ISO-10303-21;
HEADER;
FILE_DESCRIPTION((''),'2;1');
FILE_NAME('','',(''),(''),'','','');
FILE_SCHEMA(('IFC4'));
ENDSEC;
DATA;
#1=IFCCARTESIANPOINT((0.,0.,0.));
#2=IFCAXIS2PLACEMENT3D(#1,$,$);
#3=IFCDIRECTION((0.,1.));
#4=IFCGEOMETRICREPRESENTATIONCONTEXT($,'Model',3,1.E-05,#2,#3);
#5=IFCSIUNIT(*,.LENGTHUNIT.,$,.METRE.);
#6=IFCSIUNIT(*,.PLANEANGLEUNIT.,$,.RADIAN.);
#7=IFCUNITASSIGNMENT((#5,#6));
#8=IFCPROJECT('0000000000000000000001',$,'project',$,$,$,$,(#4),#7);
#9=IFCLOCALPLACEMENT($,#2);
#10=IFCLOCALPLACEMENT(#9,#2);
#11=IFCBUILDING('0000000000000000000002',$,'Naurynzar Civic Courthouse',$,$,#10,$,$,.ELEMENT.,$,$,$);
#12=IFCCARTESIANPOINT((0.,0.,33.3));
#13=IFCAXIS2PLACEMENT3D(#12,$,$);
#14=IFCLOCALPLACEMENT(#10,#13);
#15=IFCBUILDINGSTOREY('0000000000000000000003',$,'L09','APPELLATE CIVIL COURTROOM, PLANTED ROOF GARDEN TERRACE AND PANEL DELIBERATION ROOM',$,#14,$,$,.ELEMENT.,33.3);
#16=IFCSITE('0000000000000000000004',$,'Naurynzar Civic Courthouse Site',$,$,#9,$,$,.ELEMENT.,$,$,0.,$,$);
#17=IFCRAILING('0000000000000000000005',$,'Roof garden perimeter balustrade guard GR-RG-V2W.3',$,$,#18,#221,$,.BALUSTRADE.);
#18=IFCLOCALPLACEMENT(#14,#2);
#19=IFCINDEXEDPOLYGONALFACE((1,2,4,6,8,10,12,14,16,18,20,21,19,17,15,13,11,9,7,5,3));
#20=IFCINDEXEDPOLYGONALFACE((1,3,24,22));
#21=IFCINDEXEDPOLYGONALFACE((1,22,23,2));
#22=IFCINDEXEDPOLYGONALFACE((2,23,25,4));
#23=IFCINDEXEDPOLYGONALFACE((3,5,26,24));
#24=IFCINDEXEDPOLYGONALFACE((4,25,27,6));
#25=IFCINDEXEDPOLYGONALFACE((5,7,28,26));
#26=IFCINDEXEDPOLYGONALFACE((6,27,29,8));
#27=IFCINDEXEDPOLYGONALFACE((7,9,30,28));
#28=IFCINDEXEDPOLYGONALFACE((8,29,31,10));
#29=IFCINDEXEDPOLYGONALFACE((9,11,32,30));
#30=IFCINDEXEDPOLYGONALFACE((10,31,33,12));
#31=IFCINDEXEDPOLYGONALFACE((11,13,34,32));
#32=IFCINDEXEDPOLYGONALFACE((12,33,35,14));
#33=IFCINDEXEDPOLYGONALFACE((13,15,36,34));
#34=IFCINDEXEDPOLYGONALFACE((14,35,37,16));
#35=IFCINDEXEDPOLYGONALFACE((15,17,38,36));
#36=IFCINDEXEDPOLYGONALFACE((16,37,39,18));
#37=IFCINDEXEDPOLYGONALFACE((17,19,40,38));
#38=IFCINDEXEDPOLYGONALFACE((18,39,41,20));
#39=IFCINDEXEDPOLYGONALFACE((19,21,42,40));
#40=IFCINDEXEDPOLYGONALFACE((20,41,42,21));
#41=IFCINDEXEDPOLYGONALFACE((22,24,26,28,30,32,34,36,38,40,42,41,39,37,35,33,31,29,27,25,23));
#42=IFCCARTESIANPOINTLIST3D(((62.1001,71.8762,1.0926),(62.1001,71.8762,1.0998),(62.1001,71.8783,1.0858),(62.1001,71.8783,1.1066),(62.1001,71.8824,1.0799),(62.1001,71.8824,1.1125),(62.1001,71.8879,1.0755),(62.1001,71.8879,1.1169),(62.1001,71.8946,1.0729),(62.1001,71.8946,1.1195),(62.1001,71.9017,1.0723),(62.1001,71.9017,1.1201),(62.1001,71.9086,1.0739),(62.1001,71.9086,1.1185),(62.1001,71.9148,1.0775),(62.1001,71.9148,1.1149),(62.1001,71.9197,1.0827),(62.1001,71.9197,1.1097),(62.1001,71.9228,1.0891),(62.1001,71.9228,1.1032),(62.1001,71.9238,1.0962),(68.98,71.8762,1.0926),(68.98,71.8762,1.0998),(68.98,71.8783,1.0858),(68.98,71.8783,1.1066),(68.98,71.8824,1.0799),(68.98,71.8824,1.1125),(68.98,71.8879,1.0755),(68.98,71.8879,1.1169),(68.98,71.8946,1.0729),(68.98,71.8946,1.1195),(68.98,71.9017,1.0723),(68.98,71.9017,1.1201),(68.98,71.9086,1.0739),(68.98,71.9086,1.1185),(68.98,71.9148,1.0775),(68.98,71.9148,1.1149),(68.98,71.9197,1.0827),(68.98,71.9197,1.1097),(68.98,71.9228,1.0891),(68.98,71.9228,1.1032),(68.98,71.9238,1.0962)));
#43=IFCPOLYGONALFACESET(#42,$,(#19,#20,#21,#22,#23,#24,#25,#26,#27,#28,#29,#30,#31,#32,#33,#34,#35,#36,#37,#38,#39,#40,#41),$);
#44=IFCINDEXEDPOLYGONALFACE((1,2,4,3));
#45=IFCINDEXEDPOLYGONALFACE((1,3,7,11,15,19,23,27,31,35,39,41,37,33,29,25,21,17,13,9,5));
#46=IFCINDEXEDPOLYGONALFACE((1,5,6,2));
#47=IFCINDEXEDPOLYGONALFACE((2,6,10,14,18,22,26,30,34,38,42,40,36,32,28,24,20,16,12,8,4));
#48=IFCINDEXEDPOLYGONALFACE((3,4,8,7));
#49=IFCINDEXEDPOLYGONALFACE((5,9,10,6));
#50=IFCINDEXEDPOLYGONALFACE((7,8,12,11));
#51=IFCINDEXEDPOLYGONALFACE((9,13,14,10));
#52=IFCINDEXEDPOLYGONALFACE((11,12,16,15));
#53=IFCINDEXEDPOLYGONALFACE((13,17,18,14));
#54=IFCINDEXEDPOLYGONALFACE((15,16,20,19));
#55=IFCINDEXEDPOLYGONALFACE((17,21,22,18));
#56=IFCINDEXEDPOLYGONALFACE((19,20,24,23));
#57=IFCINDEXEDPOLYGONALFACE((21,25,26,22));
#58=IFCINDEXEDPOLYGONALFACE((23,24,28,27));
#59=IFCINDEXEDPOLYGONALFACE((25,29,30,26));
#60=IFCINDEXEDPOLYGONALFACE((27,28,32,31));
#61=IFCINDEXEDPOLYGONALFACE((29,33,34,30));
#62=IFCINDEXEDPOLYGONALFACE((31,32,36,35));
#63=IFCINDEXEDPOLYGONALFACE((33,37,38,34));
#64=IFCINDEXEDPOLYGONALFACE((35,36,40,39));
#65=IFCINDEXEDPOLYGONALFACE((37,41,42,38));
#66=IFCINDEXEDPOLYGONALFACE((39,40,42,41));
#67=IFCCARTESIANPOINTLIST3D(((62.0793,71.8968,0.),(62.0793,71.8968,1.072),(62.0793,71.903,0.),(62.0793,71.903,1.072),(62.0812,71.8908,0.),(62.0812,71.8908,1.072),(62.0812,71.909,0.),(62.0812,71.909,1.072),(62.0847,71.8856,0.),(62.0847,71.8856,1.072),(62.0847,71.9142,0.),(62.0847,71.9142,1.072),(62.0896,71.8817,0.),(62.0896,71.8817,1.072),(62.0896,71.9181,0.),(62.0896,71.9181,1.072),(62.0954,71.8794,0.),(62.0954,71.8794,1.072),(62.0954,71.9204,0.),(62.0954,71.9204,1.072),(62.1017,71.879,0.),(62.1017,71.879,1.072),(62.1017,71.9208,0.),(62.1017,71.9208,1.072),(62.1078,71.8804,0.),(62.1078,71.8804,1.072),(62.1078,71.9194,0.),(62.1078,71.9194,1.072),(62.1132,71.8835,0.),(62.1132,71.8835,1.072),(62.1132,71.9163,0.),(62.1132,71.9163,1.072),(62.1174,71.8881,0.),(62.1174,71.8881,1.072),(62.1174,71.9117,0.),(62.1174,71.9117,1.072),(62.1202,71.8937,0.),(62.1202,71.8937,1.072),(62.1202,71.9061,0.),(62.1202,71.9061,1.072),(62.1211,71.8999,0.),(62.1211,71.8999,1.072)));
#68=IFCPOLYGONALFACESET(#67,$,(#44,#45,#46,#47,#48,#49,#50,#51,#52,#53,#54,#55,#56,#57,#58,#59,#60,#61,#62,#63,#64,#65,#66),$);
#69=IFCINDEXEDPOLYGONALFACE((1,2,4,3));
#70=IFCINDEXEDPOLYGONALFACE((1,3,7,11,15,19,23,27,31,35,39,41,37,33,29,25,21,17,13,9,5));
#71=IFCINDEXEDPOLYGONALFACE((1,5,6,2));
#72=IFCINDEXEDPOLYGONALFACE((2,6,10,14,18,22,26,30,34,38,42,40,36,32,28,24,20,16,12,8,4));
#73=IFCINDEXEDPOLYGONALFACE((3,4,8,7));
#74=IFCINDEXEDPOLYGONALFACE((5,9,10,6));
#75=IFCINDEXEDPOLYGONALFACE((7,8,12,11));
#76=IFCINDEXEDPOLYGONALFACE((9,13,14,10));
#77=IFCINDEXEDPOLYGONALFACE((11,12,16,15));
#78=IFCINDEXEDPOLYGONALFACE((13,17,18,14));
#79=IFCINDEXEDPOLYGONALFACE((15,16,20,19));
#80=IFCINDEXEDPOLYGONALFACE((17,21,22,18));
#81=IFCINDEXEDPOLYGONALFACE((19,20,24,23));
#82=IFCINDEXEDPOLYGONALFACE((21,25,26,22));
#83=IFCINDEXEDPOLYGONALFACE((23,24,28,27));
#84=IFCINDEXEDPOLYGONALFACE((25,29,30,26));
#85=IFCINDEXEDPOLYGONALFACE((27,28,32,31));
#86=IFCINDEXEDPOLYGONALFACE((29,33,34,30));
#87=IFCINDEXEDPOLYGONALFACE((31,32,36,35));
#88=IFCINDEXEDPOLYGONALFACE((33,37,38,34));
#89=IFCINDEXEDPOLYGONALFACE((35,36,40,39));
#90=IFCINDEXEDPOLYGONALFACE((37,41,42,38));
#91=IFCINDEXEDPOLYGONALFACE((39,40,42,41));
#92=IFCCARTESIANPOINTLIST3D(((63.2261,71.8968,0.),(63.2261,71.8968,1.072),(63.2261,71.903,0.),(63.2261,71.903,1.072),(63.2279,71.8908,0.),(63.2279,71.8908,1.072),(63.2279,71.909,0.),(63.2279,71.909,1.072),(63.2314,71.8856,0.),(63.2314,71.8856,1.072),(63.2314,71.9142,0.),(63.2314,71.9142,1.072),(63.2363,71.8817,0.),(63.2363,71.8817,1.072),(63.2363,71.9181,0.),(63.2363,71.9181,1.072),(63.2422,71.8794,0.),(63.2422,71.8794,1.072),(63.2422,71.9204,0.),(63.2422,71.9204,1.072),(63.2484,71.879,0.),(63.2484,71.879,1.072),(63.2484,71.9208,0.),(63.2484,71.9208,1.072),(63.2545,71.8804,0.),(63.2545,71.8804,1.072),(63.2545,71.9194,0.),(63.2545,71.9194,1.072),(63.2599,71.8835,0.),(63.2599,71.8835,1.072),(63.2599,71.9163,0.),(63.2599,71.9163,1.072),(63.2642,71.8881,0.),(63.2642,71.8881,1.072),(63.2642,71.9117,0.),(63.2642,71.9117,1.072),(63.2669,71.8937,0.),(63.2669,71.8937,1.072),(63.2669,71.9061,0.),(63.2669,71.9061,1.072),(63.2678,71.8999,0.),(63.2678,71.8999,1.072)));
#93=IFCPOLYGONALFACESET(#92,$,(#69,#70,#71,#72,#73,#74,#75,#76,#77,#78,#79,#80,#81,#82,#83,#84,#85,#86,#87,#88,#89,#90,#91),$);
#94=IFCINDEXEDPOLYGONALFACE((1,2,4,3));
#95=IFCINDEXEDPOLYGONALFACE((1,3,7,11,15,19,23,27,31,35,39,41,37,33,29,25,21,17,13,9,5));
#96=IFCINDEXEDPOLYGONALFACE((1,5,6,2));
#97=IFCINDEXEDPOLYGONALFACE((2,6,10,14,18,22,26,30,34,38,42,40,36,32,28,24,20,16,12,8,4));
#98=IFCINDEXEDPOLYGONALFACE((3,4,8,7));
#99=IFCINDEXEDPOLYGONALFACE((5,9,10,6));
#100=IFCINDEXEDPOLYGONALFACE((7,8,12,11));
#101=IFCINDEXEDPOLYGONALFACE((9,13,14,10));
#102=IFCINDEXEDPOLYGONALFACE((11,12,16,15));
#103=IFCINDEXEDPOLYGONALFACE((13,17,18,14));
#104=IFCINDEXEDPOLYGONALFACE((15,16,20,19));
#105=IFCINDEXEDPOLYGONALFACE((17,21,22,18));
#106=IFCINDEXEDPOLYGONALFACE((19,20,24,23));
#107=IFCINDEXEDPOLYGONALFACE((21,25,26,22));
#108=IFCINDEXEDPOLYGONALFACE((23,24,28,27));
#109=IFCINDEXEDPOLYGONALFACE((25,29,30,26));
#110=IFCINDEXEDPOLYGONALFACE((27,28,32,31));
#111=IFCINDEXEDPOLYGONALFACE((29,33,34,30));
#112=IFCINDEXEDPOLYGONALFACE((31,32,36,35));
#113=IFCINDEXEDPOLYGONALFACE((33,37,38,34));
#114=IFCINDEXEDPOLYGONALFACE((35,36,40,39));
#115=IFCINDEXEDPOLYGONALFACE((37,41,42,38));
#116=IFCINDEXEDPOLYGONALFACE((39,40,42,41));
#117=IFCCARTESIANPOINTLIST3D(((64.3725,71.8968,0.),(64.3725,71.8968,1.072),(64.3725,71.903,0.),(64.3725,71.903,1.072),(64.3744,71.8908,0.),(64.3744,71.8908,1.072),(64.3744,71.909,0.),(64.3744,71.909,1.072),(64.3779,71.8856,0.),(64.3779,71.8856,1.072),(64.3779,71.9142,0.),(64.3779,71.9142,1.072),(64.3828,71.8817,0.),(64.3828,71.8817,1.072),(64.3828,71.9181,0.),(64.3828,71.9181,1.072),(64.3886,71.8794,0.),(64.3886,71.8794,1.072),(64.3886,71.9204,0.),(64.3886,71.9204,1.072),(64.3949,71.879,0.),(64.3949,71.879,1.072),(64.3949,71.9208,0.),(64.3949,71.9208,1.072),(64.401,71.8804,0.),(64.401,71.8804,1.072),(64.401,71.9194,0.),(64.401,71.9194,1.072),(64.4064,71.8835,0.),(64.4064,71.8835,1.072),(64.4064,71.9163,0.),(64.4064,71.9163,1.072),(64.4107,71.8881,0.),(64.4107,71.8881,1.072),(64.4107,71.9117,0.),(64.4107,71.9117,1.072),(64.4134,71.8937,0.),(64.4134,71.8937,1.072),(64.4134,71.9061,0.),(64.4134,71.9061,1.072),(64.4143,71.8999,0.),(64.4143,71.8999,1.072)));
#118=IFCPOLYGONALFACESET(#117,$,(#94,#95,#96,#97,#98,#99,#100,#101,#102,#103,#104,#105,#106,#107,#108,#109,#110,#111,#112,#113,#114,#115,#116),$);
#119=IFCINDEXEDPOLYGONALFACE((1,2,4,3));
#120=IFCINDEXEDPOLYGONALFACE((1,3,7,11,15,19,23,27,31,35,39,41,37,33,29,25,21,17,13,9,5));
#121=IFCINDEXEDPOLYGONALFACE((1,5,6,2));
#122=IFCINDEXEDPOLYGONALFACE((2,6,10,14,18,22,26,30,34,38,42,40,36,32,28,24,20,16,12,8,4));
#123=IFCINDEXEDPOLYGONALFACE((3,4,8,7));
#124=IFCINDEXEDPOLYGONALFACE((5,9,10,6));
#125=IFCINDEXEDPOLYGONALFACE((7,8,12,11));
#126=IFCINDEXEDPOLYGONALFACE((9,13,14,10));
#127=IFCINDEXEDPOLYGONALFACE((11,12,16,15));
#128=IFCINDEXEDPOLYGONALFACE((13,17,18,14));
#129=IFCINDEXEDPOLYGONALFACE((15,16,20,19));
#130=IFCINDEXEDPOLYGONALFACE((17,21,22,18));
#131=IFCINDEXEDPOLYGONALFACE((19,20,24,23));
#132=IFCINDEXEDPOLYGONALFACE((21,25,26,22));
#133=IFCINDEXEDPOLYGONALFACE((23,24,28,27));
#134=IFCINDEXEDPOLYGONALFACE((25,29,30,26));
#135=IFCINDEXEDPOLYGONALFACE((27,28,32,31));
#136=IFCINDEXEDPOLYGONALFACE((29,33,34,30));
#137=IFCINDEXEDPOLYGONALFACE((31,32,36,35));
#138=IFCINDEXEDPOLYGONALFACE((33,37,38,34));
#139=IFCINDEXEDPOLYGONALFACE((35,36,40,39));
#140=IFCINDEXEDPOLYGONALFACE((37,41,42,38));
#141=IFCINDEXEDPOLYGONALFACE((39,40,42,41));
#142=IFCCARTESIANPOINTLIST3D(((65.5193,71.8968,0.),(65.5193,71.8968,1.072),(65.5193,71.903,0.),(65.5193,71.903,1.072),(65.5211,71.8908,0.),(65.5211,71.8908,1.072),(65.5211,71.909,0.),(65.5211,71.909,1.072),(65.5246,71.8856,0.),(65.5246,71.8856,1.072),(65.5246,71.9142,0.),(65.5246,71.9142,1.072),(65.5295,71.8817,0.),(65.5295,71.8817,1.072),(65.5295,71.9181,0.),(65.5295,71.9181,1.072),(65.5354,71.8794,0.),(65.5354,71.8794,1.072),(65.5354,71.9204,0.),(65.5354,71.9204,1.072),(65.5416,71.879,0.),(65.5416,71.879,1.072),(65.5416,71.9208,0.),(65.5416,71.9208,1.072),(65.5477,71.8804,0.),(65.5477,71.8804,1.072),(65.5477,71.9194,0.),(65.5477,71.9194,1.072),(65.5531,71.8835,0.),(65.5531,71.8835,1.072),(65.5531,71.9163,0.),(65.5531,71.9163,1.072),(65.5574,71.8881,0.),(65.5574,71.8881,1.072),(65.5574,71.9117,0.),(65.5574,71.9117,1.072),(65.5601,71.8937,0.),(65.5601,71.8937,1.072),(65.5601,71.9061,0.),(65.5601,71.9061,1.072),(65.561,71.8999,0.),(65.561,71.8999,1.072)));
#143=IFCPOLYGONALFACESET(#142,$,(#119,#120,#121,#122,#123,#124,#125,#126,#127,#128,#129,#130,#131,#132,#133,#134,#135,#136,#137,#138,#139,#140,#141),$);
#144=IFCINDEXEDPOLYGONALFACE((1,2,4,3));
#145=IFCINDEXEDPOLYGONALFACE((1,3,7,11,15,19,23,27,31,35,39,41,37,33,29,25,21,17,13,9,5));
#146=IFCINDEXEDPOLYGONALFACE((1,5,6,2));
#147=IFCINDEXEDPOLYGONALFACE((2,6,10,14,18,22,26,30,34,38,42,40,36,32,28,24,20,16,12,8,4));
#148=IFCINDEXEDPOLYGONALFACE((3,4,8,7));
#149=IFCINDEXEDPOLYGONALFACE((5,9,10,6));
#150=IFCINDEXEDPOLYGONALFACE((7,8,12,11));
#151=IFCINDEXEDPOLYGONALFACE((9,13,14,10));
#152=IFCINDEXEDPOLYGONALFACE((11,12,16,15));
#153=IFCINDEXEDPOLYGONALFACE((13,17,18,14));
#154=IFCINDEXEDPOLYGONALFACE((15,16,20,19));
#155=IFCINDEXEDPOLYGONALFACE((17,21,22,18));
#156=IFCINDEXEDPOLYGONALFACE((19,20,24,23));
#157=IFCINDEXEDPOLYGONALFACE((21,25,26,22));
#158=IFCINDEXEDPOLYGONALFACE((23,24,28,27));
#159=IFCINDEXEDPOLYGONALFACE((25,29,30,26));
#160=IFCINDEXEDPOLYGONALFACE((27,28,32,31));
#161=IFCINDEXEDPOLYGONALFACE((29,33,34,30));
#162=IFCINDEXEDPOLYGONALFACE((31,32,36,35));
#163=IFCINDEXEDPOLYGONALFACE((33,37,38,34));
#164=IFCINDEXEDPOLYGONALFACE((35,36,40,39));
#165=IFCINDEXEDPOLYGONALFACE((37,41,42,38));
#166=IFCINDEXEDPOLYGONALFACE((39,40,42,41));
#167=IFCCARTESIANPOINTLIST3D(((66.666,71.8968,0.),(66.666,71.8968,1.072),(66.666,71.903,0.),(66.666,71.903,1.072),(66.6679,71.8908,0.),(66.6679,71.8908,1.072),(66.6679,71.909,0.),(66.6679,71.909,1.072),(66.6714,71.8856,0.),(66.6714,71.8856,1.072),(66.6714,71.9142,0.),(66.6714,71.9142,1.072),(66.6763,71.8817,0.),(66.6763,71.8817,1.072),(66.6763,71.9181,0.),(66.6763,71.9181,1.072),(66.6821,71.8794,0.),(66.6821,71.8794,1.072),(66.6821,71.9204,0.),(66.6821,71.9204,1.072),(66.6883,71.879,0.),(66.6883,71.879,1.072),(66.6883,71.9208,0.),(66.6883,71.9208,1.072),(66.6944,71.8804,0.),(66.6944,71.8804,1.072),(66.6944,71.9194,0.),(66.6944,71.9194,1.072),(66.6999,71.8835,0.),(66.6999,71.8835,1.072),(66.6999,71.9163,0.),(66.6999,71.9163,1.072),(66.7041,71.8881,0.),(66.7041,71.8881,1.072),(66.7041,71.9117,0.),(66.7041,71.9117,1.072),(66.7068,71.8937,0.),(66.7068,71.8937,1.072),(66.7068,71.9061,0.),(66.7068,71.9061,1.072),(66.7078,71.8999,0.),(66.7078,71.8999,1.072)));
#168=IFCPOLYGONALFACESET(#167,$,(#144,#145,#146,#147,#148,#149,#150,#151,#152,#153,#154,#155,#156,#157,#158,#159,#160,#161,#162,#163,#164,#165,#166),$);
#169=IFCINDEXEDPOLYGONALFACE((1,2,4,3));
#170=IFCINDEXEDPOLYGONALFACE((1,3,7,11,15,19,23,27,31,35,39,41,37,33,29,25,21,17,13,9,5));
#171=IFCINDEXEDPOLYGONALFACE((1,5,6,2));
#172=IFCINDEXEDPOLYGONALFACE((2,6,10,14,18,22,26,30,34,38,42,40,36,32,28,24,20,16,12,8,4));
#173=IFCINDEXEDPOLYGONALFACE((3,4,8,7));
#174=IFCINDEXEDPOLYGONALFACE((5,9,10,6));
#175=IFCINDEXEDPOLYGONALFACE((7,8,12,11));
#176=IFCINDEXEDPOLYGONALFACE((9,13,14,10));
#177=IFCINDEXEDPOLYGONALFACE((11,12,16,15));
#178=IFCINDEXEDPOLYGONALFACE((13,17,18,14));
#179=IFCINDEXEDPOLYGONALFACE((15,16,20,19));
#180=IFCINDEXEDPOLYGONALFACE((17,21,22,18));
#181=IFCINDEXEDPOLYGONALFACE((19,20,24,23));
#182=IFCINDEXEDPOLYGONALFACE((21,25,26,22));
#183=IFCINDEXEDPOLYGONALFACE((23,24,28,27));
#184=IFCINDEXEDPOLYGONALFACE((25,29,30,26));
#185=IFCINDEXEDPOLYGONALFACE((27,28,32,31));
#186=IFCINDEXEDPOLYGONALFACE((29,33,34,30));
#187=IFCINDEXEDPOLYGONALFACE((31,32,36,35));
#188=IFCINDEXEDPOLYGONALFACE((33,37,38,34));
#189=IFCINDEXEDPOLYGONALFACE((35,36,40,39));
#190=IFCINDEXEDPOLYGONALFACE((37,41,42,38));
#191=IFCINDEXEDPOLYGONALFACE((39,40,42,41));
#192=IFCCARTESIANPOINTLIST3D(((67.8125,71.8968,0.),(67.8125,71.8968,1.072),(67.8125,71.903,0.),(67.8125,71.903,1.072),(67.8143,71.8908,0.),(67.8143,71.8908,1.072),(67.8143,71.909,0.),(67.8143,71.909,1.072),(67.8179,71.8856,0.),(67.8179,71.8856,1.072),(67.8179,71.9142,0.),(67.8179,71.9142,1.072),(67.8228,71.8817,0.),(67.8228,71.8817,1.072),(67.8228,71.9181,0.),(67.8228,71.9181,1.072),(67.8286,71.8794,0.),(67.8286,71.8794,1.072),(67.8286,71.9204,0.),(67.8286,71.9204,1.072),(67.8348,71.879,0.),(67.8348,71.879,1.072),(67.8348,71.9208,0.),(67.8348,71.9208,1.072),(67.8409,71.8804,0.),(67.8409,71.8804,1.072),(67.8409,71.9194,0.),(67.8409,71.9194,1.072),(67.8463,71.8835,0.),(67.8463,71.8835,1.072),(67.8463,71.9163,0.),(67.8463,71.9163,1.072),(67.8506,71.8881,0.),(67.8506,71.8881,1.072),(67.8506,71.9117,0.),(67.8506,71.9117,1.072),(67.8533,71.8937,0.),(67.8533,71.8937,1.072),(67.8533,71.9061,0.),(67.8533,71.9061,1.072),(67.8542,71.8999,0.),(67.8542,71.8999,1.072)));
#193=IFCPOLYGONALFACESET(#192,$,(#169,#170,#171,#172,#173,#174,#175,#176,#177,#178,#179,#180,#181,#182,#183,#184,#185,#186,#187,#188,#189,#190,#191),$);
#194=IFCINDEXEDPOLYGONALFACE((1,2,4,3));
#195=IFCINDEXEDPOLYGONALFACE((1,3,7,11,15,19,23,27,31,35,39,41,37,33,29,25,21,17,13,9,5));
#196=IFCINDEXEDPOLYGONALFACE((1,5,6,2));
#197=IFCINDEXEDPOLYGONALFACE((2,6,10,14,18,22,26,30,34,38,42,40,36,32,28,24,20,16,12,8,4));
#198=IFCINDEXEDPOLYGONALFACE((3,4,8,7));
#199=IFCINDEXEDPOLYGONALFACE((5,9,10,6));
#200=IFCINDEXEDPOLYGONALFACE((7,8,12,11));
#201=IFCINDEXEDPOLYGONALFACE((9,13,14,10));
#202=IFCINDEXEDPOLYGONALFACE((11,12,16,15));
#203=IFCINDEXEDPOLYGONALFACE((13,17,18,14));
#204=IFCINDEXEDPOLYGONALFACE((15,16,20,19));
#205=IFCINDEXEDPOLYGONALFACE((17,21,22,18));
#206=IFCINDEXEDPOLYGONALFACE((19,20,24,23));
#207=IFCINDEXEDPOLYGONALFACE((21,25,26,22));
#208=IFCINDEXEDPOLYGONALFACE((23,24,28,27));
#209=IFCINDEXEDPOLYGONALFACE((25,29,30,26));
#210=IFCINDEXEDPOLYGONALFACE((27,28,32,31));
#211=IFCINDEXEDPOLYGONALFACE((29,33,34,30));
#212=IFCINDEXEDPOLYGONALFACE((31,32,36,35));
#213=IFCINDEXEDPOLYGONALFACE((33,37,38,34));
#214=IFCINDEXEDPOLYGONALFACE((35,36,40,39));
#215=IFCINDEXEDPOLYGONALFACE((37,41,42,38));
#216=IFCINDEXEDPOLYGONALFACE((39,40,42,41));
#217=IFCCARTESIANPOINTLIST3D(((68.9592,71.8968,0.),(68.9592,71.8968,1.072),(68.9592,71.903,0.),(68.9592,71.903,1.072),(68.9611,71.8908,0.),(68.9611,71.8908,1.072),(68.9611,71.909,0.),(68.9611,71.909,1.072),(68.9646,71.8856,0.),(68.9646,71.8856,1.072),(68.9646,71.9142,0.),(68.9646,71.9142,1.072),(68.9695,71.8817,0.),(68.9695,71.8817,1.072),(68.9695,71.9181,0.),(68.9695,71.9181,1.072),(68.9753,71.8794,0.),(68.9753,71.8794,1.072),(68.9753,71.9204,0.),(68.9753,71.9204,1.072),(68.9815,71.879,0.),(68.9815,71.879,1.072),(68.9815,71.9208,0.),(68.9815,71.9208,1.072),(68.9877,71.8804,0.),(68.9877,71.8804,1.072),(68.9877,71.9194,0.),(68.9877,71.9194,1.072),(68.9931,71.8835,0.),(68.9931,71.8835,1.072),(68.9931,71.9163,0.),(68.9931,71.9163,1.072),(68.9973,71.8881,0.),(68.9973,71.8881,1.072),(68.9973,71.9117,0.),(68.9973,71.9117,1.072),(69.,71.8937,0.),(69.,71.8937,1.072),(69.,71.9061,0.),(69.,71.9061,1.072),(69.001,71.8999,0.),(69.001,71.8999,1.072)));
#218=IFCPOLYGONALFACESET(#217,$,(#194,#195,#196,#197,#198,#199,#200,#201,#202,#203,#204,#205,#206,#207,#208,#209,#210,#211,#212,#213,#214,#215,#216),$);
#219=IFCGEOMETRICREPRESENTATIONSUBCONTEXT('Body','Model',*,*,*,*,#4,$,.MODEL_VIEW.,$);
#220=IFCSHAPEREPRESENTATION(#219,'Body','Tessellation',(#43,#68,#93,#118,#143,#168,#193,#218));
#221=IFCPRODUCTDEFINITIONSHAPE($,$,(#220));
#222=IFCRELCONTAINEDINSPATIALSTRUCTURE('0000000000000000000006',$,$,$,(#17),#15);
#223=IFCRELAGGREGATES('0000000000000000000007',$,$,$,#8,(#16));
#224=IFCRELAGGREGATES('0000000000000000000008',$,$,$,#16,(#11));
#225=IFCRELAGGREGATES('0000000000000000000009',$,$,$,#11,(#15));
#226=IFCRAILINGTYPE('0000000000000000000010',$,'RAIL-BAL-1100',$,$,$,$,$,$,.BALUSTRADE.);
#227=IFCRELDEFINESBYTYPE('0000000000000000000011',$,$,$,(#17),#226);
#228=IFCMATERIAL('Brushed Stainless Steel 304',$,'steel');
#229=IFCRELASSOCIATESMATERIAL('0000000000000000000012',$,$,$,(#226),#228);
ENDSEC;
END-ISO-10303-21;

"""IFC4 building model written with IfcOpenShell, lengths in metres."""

from ifc_helpers import new_model, si_unit, direction, frame, origin, origin_2d, place, context, subcontext, project, spatial, circle, extrude, material, type_object, element, save


model = new_model("IFC4")

# Units and contexts
model_context = context("Model", 3, precision=1e-05, world=origin(), true_north=direction((0.0, 1.0)))
body_context = subcontext(model_context, "Body", "Model", "MODEL_VIEW")
ifc_project = project(units=[si_unit("LENGTHUNIT", "METRE"), si_unit("PLANEANGLEUNIT", "RADIAN")], contexts=[model_context])

# Site, building, storey
site_placement = place(None, origin())
site = spatial("IfcSite", under=ifc_project, at=site_placement, Name="Naurynzar Civic Courthouse Site", CompositionType="ELEMENT", RefElevation=0.0)
building_placement = place(site_placement, origin())
building = spatial("IfcBuilding", under=site, at=building_placement, Name="Naurynzar Civic Courthouse", CompositionType="ELEMENT")
storey_placement = place(building_placement, frame((0.0, 0.0, 33.3)))
storey = spatial("IfcBuildingStorey", under=building, at=storey_placement, Name="L09", Description="APPELLATE CIVIL COURTROOM, PLANTED ROOF GARDEN TERRACE AND PANEL DELIBERATION ROOM", CompositionType="ELEMENT", Elevation=33.3)

# Railing
ifc_material_1 = material(Name="Brushed Stainless Steel 304", Category="steel")
railing_type = type_object("IfcRailingType", Name="RAIL-BAL-1100", PredefinedType="BALUSTRADE", material=ifc_material_1)
railing_placement = place(storey_placement, frame((62.1001, 71.8999, 0.0)))
element("IfcRailing", 1, at=railing_placement, inside=storey, type_object=railing_type, Name="Roof garden perimeter balustrade guard GR-RG-V2W.3", PredefinedType="BALUSTRADE", context=body_context, shape_type="SweptSolid", body=[
    extrude(circle(Radius=0.0239, at=origin_2d()), frame((0.0, 0.0, 1.0962), z_axis=(1.0, 0.0, 0.0), x_axis=(0.0, 1.0, 0.0)), (0.0, 0.0, 1.0), 6.8799),
    extrude(circle(Radius=0.021, at=origin_2d()), origin(), (0.0, 0.0, 1.0), 1.072),
    extrude(circle(Radius=0.021, at=origin_2d()), frame((1.1467, 0.0, 0.0)), (0.0, 0.0, 1.0), 1.072),
    extrude(circle(Radius=0.021, at=origin_2d()), frame((2.2932, 0.0, 0.0)), (0.0, 0.0, 1.0), 1.072),
    extrude(circle(Radius=0.021, at=origin_2d()), frame((3.4399, 0.0, 0.0)), (0.0, 0.0, 1.0), 1.072),
    extrude(circle(Radius=0.021, at=origin_2d()), frame((4.5867, 0.0, 0.0)), (0.0, 0.0, 1.0), 1.072),
    extrude(circle(Radius=0.021, at=origin_2d()), frame((5.7332, 0.0, 0.0)), (0.0, 0.0, 1.0), 1.072),
    extrude(circle(Radius=0.021, at=origin_2d()), frame((6.8799, 0.0, 0.0)), (0.0, 0.0, 1.0), 1.072),
])

save(model, "model.ifc")
